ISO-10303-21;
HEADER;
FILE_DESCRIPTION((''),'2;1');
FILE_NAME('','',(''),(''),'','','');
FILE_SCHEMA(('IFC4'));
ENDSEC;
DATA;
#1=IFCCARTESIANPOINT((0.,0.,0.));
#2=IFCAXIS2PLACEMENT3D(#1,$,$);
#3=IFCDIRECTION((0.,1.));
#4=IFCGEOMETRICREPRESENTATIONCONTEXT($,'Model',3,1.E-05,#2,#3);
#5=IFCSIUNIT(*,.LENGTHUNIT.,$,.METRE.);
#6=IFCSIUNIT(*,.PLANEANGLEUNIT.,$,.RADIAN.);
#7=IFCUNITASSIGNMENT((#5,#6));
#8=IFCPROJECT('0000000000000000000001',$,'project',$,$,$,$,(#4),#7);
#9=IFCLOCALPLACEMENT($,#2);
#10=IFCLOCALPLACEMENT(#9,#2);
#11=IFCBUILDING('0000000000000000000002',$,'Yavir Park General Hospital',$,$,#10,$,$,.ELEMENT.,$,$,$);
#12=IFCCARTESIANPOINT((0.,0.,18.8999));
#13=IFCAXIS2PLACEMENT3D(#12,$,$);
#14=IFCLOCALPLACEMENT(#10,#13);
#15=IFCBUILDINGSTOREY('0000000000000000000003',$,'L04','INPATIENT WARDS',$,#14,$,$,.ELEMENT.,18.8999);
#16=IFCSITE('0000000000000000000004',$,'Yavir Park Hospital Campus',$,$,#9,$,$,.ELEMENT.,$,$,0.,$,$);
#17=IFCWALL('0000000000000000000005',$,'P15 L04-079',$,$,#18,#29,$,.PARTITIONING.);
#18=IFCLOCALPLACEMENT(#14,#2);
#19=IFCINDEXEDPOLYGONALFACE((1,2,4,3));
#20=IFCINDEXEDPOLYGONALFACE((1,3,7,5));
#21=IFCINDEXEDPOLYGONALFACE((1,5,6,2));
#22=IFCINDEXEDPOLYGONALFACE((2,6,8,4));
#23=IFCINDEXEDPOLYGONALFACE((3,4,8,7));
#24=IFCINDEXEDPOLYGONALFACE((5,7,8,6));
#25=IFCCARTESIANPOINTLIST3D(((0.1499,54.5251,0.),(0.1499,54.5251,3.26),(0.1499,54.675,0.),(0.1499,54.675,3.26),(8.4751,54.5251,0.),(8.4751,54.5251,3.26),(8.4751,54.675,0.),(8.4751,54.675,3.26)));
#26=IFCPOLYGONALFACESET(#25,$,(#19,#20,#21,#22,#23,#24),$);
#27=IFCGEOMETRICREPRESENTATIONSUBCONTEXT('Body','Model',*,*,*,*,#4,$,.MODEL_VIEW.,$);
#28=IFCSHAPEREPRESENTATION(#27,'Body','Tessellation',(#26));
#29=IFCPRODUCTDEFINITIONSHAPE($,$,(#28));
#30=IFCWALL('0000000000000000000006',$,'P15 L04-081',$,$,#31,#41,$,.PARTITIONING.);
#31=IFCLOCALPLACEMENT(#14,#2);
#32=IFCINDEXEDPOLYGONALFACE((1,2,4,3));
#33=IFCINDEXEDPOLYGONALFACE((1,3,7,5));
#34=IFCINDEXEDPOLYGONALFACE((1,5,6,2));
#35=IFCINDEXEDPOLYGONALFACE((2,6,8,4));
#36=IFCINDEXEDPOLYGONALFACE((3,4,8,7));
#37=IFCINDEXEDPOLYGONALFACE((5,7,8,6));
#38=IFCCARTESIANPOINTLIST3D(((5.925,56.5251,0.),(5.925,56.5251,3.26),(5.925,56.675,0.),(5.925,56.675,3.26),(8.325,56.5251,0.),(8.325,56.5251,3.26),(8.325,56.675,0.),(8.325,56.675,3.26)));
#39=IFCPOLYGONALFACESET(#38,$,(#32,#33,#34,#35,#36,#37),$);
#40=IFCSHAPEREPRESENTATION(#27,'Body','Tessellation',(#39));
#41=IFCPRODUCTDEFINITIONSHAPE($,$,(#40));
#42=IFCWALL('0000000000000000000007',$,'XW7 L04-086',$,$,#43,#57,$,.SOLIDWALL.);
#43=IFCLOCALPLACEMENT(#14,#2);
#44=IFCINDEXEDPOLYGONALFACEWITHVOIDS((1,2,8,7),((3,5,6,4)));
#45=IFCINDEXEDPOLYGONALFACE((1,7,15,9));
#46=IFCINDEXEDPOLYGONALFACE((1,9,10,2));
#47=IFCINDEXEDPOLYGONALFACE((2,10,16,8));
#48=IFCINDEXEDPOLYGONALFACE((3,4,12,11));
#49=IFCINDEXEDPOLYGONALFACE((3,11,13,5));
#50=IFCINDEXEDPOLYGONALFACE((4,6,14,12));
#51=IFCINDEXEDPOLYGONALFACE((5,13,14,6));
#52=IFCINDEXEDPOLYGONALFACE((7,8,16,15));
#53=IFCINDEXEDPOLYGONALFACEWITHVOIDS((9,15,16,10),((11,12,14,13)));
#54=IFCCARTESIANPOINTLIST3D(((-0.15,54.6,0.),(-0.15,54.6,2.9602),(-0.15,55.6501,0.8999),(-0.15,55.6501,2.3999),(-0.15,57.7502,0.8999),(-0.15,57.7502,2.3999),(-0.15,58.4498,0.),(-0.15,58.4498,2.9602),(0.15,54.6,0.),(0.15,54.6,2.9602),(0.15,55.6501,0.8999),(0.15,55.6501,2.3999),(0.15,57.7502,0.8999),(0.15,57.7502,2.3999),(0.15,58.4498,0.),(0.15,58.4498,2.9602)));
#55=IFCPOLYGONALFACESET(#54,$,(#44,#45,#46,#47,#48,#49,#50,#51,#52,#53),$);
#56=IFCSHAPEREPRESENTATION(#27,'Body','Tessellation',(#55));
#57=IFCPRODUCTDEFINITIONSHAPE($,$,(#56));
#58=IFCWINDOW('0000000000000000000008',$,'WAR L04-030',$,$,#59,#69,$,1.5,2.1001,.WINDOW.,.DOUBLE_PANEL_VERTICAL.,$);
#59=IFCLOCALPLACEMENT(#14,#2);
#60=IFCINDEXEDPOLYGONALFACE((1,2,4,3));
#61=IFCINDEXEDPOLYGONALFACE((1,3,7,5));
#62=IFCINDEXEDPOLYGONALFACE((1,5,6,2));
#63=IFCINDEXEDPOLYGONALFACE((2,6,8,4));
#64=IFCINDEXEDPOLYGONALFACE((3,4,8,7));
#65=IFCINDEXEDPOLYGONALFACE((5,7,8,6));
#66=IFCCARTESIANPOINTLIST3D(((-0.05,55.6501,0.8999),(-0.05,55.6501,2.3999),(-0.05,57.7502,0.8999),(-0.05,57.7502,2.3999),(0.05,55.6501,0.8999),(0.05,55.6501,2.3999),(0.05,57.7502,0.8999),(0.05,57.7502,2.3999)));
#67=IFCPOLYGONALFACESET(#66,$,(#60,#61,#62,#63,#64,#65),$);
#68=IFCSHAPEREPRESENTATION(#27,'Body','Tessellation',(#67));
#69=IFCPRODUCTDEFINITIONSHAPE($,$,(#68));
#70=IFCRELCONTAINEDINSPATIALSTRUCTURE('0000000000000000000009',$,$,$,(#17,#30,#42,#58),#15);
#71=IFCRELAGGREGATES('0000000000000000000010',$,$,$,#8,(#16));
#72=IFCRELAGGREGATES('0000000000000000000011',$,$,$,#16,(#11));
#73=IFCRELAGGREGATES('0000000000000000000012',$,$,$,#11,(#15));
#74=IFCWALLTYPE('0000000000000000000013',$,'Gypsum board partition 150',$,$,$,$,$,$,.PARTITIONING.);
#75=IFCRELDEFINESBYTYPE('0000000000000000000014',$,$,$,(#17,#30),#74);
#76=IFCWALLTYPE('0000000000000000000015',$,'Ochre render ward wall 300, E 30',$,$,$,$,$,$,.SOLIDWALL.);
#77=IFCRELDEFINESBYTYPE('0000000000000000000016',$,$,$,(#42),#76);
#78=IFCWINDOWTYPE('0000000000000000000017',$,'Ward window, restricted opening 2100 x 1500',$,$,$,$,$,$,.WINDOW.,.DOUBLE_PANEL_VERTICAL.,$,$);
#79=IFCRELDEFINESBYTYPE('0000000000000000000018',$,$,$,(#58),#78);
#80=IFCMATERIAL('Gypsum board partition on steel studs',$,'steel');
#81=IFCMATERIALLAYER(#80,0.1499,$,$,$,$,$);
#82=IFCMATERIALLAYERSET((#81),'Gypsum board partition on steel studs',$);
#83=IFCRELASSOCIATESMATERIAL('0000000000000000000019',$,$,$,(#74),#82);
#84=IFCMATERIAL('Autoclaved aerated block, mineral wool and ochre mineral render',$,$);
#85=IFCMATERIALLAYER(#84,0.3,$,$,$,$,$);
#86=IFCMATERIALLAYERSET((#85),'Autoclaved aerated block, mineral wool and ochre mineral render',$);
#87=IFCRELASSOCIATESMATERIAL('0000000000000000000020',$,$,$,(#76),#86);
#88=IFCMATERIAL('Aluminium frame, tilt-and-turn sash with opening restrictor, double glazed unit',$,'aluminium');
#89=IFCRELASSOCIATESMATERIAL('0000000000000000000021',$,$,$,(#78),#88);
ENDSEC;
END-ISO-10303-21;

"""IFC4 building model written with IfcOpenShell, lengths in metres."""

from ifc_helpers import new_model, si_unit, direction, frame, frame_2d, origin, place, context, subcontext, project, spatial, rectangle, extrude, material, layer, layer_set, type_object, element, fill, save


model = new_model("IFC4")

# Units and contexts
model_context = context("Model", 3, precision=1e-05, world=origin(), true_north=direction((0.0, 1.0)))
body_context = subcontext(model_context, "Body", "Model", "MODEL_VIEW")
ifc_project = project(units=[si_unit("LENGTHUNIT", "METRE"), si_unit("PLANEANGLEUNIT", "RADIAN")], contexts=[model_context])

# Site, building, storey
site_placement = place(None, origin())
site = spatial("IfcSite", under=ifc_project, at=site_placement, Name="Yavir Park Hospital Campus", CompositionType="ELEMENT", RefElevation=0.0)
building_placement = place(site_placement, origin())
building = spatial("IfcBuilding", under=site, at=building_placement, Name="Yavir Park General Hospital", CompositionType="ELEMENT")
storey_placement = place(building_placement, frame((0.0, 0.0, 18.8999)))
storey = spatial("IfcBuildingStorey", under=building, at=storey_placement, Name="L04", Description="INPATIENT WARDS", CompositionType="ELEMENT", Elevation=18.8999)

# Walls
ifc_material_1 = material(Name="Gypsum board partition on steel studs", Category="steel")
ifc_layer_1 = layer(ifc_material_1, 0.1499)
ifc_layer_set_1 = layer_set([ifc_layer_1], Name="Gypsum board partition on steel studs")
wall_type_1 = type_object("IfcWallType", Name="Gypsum board partition 150", PredefinedType="PARTITIONING", material=ifc_layer_set_1)
wall_1_placement = place(storey_placement, frame((0.1499, 54.6001, 0.0), z_axis=(0.0, 0.0, 1.0), x_axis=(1.0, 0.0, 0.0)))
element("IfcWall", 1, at=wall_1_placement, inside=storey, type_object=wall_type_1, Name="P15 L04-079", PredefinedType="PARTITIONING", context=body_context, shape_type="SweptSolid", body=[
    extrude(rectangle(XDim=8.3252, YDim=0.1499, at=frame_2d((4.1626, 0.0))), origin(), (0.0, 0.0, 1.0), 3.26),
])
wall_2_placement = place(storey_placement, frame((5.925, 56.6001, 0.0), z_axis=(0.0, 0.0, 1.0), x_axis=(1.0, 0.0, 0.0)))
element("IfcWall", 2, at=wall_2_placement, inside=storey, type_object=wall_type_1, Name="P15 L04-081", PredefinedType="PARTITIONING", context=body_context, shape_type="SweptSolid", body=[
    extrude(rectangle(XDim=2.3999, YDim=0.1499, at=frame_2d((1.2, 0.0))), origin(), (0.0, 0.0, 1.0), 3.26),
])

# Wall, opening, window
ifc_material_2 = material(Name="Autoclaved aerated block, mineral wool and ochre mineral render")
ifc_layer_2 = layer(ifc_material_2, 0.3)
ifc_layer_set_2 = layer_set([ifc_layer_2], Name="Autoclaved aerated block, mineral wool and ochre mineral render")
wall_type_2 = type_object("IfcWallType", Name="Ochre render ward wall 300, E 30", PredefinedType="SOLIDWALL", material=ifc_layer_set_2)
wall_3_placement = place(storey_placement, frame((0.0, 54.6001, 0.0), z_axis=(0.0, 0.0, 1.0), x_axis=(0.0, 1.0, 0.0)))
wall_3 = element("IfcWall", 3, at=wall_3_placement, inside=storey, type_object=wall_type_2, Name="XW7 L04-086", PredefinedType="SOLIDWALL", context=body_context, shape_type="SweptSolid", body=[
    extrude(rectangle(XDim=3.8499, YDim=0.3, at=frame_2d((1.9248, 0.0))), origin(), (0.0, 0.0, 1.0), 2.9602),
])
opening_placement = place(wall_3_placement, frame((1.05, 0.0, 0.8999)))
opening = element("IfcOpeningElement", 4, at=opening_placement, cuts=wall_3, PredefinedType="OPENING", context=body_context, shape_type="SweptSolid", body=[
    extrude(rectangle(XDim=2.1001, YDim=1.5, at=frame_2d((1.05, 0.75))), frame((0.0, 0.1599, 0.0), z_axis=(0.0, -1.0, 0.0), x_axis=(1.0, 0.0, 0.0)), (0.0, 0.0, 1.0), 0.3201),
])
ifc_material_3 = material(Name="Aluminium frame, tilt-and-turn sash with opening restrictor, double glazed unit", Category="aluminium")
window_type = type_object("IfcWindowType", Name="Ward window, restricted opening 2100 x 1500", PartitioningType="DOUBLE_PANEL_VERTICAL", PredefinedType="WINDOW", material=ifc_material_3)
window_placement = place(opening_placement, origin())
window = element("IfcWindow", 5, at=window_placement, inside=storey, type_object=window_type, Name="WAR L04-030", OverallHeight=1.5, OverallWidth=2.1001, PartitioningType="DOUBLE_PANEL_VERTICAL", PredefinedType="WINDOW", context=body_context, shape_type="SweptSolid", body=[
    extrude(rectangle(XDim=2.1001, YDim=1.5, at=frame_2d((1.05, 0.75))), frame((0.0, 0.05, 0.0), z_axis=(0.0, -1.0, 0.0), x_axis=(1.0, 0.0, 0.0)), (0.0, 0.0, 1.0), 0.1001),
])
fill(opening, window)

save(model, "model.ifc")
